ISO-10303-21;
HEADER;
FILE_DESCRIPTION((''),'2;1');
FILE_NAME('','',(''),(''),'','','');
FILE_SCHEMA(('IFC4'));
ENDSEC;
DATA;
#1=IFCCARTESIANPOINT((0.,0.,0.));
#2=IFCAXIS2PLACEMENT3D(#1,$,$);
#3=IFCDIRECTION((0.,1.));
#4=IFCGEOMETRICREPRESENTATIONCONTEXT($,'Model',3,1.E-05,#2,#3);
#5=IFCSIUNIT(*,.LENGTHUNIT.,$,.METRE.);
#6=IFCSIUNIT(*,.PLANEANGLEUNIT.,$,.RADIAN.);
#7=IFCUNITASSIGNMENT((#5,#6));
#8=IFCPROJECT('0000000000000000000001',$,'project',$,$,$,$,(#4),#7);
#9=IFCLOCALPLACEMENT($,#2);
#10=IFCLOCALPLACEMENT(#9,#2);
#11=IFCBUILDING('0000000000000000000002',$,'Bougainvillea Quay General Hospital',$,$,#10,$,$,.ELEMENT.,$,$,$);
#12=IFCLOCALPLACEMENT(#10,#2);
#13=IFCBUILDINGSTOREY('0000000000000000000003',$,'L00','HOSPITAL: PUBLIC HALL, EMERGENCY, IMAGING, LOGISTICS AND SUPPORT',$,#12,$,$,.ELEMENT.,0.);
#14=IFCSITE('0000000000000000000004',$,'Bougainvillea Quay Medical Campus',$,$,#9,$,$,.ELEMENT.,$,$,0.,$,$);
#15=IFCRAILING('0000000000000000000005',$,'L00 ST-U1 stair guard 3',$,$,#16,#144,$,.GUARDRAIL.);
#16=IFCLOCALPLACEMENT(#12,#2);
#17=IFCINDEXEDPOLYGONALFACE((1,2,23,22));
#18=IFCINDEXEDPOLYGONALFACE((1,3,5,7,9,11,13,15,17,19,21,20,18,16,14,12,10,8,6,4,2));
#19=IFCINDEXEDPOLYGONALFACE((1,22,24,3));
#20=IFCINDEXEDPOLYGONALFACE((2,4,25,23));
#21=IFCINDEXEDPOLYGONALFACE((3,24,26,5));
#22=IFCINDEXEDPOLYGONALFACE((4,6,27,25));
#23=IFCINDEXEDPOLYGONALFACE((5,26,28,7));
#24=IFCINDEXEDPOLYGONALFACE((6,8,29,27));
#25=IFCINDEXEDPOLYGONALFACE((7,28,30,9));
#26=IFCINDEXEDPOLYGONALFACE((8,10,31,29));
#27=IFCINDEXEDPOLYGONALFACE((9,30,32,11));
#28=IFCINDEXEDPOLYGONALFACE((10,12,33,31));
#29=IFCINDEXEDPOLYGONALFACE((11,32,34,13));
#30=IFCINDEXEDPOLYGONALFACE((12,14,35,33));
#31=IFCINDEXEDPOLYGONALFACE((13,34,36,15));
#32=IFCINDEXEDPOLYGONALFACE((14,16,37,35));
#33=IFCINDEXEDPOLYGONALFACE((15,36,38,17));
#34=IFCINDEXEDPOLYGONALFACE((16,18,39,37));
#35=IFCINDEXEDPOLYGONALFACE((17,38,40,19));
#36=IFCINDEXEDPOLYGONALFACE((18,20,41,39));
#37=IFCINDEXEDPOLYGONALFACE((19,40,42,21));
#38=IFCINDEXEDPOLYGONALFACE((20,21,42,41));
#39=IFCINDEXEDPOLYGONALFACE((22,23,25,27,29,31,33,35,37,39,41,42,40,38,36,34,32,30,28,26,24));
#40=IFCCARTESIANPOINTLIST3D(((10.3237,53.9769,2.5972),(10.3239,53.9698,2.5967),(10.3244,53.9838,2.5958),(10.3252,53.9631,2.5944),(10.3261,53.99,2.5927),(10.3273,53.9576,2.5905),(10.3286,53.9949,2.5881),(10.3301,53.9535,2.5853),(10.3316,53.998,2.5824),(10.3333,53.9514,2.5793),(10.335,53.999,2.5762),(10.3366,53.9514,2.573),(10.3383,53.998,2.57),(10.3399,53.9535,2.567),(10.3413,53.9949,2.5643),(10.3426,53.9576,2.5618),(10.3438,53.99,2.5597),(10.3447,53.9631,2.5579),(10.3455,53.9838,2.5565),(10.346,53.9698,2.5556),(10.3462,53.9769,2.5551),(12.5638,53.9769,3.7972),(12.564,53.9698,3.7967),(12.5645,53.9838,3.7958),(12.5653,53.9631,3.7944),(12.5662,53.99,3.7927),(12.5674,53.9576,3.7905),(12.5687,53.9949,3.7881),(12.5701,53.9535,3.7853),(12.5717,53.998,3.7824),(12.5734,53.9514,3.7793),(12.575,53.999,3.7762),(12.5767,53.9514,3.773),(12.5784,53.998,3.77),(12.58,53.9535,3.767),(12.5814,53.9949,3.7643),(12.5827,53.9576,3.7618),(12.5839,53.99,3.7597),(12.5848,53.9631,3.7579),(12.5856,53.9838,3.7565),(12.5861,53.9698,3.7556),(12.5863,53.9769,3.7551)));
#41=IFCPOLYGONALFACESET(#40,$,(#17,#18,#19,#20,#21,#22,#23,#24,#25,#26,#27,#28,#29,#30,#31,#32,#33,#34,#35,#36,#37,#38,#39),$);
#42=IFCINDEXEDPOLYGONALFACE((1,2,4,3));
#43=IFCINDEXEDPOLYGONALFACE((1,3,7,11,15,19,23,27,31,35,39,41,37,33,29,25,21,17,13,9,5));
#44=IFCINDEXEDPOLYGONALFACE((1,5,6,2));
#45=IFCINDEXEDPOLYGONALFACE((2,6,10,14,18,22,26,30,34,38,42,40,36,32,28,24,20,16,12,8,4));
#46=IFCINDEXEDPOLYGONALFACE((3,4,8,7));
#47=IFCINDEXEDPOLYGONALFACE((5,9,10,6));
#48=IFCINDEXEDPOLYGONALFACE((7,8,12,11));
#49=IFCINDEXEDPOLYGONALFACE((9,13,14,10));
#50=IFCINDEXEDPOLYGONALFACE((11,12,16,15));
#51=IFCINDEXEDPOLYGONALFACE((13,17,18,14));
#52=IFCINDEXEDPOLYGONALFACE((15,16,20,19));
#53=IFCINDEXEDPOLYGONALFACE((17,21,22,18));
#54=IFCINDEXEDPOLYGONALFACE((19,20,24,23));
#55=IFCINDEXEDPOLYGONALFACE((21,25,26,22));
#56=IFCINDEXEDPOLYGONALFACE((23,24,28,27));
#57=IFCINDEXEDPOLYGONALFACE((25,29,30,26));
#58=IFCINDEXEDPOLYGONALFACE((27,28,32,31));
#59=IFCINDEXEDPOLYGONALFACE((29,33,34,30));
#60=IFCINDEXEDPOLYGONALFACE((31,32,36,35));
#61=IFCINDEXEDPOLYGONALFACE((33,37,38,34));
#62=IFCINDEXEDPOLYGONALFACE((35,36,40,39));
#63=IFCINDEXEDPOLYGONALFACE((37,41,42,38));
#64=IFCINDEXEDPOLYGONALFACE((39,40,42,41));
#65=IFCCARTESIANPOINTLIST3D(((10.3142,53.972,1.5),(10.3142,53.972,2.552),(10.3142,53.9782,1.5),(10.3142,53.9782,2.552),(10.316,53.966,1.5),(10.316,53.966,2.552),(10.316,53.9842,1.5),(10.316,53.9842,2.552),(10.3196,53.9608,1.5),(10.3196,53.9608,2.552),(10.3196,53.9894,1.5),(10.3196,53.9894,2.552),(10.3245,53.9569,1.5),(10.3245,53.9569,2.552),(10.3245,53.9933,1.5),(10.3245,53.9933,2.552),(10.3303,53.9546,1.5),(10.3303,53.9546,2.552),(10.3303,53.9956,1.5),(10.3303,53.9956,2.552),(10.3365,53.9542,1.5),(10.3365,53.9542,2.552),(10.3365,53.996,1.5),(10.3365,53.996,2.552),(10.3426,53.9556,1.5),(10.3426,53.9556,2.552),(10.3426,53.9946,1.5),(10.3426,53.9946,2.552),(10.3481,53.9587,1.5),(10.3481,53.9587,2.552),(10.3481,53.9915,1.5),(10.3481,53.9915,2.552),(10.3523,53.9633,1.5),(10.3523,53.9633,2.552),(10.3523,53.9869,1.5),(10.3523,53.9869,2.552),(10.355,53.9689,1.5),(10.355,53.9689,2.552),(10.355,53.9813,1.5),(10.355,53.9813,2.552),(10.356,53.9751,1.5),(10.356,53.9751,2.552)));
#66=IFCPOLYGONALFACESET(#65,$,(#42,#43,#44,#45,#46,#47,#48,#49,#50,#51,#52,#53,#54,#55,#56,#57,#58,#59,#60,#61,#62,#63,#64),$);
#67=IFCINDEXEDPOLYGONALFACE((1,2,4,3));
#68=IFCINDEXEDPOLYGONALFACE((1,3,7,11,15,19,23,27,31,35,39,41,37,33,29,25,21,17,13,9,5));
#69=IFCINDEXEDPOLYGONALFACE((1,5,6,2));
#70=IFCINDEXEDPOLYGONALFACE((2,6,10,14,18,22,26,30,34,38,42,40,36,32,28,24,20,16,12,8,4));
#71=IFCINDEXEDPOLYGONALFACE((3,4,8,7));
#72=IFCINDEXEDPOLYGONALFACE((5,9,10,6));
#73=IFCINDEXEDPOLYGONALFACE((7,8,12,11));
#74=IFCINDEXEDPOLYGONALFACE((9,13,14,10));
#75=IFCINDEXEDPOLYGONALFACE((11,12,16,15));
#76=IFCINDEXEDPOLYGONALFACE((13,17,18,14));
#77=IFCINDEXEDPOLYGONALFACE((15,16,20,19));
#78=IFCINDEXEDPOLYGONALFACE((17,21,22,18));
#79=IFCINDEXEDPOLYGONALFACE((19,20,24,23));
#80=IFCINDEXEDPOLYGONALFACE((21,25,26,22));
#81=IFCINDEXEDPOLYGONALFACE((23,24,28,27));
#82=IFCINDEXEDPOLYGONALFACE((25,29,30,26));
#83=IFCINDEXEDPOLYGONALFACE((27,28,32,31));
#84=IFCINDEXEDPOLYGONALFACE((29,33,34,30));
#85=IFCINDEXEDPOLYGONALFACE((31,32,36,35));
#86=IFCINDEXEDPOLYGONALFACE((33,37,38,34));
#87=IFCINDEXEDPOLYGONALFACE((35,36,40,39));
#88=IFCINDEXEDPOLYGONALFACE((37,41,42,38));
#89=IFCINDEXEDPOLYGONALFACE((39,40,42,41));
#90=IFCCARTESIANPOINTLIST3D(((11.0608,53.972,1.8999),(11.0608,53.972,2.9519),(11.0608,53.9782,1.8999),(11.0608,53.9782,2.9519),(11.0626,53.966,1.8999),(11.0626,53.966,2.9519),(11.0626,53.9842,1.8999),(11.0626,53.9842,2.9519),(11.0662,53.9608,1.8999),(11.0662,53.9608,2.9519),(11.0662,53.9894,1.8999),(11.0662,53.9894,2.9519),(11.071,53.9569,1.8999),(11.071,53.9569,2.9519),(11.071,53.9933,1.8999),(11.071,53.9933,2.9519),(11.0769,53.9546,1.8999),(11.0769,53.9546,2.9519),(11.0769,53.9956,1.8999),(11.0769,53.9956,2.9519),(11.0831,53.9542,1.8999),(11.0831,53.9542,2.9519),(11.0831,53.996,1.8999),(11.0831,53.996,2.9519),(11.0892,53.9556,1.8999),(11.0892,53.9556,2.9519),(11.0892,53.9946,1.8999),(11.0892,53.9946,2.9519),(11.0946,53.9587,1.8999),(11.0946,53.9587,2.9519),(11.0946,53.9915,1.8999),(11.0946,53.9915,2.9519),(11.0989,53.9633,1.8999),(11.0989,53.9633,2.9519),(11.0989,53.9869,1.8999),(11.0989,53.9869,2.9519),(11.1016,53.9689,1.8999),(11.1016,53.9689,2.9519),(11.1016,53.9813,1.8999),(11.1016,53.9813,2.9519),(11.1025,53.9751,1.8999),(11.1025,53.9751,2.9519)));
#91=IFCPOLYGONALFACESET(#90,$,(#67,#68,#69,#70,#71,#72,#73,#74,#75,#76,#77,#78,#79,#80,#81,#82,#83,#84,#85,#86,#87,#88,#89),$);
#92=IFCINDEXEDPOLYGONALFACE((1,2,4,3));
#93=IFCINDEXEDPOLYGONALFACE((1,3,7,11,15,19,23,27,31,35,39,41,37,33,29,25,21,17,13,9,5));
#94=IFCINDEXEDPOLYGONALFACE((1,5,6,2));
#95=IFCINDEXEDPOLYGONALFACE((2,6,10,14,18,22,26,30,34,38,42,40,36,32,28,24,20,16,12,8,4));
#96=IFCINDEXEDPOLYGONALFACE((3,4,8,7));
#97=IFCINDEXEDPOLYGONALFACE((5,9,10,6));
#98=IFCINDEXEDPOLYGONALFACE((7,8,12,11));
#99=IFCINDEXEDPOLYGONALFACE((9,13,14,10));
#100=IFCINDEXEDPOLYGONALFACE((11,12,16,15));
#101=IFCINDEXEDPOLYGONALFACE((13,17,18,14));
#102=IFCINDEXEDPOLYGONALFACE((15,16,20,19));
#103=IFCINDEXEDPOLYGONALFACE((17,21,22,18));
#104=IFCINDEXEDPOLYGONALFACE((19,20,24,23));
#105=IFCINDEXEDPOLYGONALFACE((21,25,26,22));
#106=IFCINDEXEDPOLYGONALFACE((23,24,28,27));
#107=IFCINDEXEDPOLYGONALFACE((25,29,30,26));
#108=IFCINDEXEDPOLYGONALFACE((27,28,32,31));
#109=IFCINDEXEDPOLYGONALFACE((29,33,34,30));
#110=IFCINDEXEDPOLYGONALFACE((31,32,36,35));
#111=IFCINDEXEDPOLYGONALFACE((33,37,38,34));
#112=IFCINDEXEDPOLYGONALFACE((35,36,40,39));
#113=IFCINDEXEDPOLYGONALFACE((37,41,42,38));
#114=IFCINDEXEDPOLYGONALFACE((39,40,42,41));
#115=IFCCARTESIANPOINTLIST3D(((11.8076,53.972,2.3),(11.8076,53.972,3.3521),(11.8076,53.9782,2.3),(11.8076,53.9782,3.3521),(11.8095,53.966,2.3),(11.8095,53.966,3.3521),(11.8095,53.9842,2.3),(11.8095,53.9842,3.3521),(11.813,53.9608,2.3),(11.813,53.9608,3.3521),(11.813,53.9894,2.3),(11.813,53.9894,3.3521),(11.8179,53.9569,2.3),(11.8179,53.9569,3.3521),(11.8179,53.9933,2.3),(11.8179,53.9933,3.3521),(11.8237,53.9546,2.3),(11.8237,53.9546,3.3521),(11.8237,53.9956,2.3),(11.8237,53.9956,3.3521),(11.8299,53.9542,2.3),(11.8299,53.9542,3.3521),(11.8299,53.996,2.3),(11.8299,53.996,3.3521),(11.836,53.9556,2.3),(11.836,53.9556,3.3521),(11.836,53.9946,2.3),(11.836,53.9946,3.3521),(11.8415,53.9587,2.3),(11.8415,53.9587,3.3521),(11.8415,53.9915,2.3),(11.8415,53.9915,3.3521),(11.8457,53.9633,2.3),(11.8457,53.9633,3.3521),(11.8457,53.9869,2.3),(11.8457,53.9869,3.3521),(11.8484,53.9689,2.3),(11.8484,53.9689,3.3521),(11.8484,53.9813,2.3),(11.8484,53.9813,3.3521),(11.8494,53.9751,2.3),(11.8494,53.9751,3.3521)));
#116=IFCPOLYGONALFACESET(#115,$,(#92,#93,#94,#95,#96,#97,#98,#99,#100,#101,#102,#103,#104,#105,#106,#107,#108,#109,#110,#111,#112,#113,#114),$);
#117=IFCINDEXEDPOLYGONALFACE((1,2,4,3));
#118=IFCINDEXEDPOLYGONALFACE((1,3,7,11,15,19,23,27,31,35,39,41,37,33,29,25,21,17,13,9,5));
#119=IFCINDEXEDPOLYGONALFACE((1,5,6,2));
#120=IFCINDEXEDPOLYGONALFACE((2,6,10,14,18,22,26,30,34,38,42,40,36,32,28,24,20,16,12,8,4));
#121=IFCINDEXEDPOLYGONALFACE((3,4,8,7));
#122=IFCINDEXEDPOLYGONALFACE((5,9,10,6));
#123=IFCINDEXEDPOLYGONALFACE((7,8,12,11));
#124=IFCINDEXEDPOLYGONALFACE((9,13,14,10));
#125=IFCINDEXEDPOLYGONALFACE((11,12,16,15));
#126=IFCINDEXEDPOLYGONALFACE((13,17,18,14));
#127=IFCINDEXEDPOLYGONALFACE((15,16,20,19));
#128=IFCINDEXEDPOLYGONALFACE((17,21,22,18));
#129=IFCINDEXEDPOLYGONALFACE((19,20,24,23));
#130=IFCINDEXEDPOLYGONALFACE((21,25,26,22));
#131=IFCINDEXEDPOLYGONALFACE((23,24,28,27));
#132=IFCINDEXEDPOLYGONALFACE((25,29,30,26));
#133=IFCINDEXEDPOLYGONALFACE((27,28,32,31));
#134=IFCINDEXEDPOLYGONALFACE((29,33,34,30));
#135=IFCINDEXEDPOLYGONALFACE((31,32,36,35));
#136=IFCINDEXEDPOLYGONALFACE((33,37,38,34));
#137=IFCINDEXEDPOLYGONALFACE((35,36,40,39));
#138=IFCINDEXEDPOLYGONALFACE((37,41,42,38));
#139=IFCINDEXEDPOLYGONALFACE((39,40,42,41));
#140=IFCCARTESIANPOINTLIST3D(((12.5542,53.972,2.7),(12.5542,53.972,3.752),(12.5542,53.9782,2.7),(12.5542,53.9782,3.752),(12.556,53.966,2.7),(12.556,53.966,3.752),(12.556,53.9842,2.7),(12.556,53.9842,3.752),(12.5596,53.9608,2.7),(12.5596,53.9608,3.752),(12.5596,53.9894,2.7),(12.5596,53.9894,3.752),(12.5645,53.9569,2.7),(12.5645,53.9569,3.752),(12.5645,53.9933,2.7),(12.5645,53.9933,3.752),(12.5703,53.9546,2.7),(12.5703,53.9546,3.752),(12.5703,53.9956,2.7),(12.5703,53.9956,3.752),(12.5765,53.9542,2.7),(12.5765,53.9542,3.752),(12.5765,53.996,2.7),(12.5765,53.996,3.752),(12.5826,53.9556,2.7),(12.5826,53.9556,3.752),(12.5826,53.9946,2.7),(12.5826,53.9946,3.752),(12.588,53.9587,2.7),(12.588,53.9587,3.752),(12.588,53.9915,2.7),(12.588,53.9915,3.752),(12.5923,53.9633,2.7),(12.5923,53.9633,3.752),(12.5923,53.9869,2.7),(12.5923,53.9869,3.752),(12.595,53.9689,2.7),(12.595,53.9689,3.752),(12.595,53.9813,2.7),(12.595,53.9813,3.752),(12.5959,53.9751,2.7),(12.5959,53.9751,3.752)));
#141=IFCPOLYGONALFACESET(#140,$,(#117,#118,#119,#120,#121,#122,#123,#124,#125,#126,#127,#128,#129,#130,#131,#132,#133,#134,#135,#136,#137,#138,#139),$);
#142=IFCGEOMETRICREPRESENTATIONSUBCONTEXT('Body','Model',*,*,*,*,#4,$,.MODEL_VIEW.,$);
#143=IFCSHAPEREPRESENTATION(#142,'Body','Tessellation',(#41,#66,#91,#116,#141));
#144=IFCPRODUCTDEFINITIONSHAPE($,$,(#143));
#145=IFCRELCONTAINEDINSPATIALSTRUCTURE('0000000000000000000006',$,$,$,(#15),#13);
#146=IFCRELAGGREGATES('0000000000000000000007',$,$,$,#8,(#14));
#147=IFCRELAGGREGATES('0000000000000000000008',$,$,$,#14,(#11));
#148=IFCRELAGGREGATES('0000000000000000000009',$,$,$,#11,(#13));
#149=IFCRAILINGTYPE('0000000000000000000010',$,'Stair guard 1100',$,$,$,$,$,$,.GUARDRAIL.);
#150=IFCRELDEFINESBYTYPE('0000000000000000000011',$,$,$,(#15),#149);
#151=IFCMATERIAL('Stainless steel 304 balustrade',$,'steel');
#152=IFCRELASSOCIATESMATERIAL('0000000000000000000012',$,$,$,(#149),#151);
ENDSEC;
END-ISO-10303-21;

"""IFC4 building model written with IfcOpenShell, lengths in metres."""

from ifc_helpers import new_model, si_unit, direction, frame, origin, origin_2d, place, context, subcontext, project, spatial, circle, extrude, material, type_object, element, save


model = new_model("IFC4")

# Units and contexts
model_context = context("Model", 3, precision=1e-05, world=origin(), true_north=direction((0.0, 1.0)))
body_context = subcontext(model_context, "Body", "Model", "MODEL_VIEW")
ifc_project = project(units=[si_unit("LENGTHUNIT", "METRE"), si_unit("PLANEANGLEUNIT", "RADIAN")], contexts=[model_context])

# Site, building, storey
site_placement = place(None, origin())
site = spatial("IfcSite", under=ifc_project, at=site_placement, Name="Bougainvillea Quay Medical Campus", CompositionType="ELEMENT", RefElevation=0.0)
building_placement = place(site_placement, origin())
building = spatial("IfcBuilding", under=site, at=building_placement, Name="Bougainvillea Quay General Hospital", CompositionType="ELEMENT")
storey_placement = place(building_placement, origin())
storey = spatial("IfcBuildingStorey", under=building, at=storey_placement, Name="L00", Description="HOSPITAL: PUBLIC HALL, EMERGENCY, IMAGING, LOGISTICS AND SUPPORT", CompositionType="ELEMENT", Elevation=0.0)

# Railing
ifc_material_1 = material(Name="Stainless steel 304 balustrade", Category="steel")
railing_type_1 = type_object("IfcRailingType", Name="Stair guard 1100", PredefinedType="GUARDRAIL", material=ifc_material_1)
railing_1_placement = place(storey_placement, frame((10.335, 53.9751, 1.5)))
element("IfcRailing", 1, at=railing_1_placement, inside=storey, type_object=railing_type_1, Name="L00 ST-U1 stair guard 3", PredefinedType="GUARDRAIL", context=body_context, shape_type="SweptSolid", body=[
    extrude(circle(Radius=0.0239, at=origin_2d()), frame((0.0, 0.0, 1.0762), z_axis=(0.881487, 0.0, 0.472208), x_axis=(0.0, 1.0, 0.0)), (0.0, 0.0, 1.0), 2.5413),
    extrude(circle(Radius=0.021, at=origin_2d()), origin(), (0.0, 0.0, 1.0), 1.052),
    extrude(circle(Radius=0.021, at=origin_2d()), frame((0.7466, 0.0, 0.3999)), (0.0, 0.0, 1.0), 1.052),
    extrude(circle(Radius=0.021, at=origin_2d()), frame((1.4934, 0.0, 0.8)), (0.0, 0.0, 1.0), 1.052),
    extrude(circle(Radius=0.021, at=origin_2d()), frame((2.24, 0.0, 1.2)), (0.0, 0.0, 1.0), 1.052),
])

save(model, "model.ifc")
